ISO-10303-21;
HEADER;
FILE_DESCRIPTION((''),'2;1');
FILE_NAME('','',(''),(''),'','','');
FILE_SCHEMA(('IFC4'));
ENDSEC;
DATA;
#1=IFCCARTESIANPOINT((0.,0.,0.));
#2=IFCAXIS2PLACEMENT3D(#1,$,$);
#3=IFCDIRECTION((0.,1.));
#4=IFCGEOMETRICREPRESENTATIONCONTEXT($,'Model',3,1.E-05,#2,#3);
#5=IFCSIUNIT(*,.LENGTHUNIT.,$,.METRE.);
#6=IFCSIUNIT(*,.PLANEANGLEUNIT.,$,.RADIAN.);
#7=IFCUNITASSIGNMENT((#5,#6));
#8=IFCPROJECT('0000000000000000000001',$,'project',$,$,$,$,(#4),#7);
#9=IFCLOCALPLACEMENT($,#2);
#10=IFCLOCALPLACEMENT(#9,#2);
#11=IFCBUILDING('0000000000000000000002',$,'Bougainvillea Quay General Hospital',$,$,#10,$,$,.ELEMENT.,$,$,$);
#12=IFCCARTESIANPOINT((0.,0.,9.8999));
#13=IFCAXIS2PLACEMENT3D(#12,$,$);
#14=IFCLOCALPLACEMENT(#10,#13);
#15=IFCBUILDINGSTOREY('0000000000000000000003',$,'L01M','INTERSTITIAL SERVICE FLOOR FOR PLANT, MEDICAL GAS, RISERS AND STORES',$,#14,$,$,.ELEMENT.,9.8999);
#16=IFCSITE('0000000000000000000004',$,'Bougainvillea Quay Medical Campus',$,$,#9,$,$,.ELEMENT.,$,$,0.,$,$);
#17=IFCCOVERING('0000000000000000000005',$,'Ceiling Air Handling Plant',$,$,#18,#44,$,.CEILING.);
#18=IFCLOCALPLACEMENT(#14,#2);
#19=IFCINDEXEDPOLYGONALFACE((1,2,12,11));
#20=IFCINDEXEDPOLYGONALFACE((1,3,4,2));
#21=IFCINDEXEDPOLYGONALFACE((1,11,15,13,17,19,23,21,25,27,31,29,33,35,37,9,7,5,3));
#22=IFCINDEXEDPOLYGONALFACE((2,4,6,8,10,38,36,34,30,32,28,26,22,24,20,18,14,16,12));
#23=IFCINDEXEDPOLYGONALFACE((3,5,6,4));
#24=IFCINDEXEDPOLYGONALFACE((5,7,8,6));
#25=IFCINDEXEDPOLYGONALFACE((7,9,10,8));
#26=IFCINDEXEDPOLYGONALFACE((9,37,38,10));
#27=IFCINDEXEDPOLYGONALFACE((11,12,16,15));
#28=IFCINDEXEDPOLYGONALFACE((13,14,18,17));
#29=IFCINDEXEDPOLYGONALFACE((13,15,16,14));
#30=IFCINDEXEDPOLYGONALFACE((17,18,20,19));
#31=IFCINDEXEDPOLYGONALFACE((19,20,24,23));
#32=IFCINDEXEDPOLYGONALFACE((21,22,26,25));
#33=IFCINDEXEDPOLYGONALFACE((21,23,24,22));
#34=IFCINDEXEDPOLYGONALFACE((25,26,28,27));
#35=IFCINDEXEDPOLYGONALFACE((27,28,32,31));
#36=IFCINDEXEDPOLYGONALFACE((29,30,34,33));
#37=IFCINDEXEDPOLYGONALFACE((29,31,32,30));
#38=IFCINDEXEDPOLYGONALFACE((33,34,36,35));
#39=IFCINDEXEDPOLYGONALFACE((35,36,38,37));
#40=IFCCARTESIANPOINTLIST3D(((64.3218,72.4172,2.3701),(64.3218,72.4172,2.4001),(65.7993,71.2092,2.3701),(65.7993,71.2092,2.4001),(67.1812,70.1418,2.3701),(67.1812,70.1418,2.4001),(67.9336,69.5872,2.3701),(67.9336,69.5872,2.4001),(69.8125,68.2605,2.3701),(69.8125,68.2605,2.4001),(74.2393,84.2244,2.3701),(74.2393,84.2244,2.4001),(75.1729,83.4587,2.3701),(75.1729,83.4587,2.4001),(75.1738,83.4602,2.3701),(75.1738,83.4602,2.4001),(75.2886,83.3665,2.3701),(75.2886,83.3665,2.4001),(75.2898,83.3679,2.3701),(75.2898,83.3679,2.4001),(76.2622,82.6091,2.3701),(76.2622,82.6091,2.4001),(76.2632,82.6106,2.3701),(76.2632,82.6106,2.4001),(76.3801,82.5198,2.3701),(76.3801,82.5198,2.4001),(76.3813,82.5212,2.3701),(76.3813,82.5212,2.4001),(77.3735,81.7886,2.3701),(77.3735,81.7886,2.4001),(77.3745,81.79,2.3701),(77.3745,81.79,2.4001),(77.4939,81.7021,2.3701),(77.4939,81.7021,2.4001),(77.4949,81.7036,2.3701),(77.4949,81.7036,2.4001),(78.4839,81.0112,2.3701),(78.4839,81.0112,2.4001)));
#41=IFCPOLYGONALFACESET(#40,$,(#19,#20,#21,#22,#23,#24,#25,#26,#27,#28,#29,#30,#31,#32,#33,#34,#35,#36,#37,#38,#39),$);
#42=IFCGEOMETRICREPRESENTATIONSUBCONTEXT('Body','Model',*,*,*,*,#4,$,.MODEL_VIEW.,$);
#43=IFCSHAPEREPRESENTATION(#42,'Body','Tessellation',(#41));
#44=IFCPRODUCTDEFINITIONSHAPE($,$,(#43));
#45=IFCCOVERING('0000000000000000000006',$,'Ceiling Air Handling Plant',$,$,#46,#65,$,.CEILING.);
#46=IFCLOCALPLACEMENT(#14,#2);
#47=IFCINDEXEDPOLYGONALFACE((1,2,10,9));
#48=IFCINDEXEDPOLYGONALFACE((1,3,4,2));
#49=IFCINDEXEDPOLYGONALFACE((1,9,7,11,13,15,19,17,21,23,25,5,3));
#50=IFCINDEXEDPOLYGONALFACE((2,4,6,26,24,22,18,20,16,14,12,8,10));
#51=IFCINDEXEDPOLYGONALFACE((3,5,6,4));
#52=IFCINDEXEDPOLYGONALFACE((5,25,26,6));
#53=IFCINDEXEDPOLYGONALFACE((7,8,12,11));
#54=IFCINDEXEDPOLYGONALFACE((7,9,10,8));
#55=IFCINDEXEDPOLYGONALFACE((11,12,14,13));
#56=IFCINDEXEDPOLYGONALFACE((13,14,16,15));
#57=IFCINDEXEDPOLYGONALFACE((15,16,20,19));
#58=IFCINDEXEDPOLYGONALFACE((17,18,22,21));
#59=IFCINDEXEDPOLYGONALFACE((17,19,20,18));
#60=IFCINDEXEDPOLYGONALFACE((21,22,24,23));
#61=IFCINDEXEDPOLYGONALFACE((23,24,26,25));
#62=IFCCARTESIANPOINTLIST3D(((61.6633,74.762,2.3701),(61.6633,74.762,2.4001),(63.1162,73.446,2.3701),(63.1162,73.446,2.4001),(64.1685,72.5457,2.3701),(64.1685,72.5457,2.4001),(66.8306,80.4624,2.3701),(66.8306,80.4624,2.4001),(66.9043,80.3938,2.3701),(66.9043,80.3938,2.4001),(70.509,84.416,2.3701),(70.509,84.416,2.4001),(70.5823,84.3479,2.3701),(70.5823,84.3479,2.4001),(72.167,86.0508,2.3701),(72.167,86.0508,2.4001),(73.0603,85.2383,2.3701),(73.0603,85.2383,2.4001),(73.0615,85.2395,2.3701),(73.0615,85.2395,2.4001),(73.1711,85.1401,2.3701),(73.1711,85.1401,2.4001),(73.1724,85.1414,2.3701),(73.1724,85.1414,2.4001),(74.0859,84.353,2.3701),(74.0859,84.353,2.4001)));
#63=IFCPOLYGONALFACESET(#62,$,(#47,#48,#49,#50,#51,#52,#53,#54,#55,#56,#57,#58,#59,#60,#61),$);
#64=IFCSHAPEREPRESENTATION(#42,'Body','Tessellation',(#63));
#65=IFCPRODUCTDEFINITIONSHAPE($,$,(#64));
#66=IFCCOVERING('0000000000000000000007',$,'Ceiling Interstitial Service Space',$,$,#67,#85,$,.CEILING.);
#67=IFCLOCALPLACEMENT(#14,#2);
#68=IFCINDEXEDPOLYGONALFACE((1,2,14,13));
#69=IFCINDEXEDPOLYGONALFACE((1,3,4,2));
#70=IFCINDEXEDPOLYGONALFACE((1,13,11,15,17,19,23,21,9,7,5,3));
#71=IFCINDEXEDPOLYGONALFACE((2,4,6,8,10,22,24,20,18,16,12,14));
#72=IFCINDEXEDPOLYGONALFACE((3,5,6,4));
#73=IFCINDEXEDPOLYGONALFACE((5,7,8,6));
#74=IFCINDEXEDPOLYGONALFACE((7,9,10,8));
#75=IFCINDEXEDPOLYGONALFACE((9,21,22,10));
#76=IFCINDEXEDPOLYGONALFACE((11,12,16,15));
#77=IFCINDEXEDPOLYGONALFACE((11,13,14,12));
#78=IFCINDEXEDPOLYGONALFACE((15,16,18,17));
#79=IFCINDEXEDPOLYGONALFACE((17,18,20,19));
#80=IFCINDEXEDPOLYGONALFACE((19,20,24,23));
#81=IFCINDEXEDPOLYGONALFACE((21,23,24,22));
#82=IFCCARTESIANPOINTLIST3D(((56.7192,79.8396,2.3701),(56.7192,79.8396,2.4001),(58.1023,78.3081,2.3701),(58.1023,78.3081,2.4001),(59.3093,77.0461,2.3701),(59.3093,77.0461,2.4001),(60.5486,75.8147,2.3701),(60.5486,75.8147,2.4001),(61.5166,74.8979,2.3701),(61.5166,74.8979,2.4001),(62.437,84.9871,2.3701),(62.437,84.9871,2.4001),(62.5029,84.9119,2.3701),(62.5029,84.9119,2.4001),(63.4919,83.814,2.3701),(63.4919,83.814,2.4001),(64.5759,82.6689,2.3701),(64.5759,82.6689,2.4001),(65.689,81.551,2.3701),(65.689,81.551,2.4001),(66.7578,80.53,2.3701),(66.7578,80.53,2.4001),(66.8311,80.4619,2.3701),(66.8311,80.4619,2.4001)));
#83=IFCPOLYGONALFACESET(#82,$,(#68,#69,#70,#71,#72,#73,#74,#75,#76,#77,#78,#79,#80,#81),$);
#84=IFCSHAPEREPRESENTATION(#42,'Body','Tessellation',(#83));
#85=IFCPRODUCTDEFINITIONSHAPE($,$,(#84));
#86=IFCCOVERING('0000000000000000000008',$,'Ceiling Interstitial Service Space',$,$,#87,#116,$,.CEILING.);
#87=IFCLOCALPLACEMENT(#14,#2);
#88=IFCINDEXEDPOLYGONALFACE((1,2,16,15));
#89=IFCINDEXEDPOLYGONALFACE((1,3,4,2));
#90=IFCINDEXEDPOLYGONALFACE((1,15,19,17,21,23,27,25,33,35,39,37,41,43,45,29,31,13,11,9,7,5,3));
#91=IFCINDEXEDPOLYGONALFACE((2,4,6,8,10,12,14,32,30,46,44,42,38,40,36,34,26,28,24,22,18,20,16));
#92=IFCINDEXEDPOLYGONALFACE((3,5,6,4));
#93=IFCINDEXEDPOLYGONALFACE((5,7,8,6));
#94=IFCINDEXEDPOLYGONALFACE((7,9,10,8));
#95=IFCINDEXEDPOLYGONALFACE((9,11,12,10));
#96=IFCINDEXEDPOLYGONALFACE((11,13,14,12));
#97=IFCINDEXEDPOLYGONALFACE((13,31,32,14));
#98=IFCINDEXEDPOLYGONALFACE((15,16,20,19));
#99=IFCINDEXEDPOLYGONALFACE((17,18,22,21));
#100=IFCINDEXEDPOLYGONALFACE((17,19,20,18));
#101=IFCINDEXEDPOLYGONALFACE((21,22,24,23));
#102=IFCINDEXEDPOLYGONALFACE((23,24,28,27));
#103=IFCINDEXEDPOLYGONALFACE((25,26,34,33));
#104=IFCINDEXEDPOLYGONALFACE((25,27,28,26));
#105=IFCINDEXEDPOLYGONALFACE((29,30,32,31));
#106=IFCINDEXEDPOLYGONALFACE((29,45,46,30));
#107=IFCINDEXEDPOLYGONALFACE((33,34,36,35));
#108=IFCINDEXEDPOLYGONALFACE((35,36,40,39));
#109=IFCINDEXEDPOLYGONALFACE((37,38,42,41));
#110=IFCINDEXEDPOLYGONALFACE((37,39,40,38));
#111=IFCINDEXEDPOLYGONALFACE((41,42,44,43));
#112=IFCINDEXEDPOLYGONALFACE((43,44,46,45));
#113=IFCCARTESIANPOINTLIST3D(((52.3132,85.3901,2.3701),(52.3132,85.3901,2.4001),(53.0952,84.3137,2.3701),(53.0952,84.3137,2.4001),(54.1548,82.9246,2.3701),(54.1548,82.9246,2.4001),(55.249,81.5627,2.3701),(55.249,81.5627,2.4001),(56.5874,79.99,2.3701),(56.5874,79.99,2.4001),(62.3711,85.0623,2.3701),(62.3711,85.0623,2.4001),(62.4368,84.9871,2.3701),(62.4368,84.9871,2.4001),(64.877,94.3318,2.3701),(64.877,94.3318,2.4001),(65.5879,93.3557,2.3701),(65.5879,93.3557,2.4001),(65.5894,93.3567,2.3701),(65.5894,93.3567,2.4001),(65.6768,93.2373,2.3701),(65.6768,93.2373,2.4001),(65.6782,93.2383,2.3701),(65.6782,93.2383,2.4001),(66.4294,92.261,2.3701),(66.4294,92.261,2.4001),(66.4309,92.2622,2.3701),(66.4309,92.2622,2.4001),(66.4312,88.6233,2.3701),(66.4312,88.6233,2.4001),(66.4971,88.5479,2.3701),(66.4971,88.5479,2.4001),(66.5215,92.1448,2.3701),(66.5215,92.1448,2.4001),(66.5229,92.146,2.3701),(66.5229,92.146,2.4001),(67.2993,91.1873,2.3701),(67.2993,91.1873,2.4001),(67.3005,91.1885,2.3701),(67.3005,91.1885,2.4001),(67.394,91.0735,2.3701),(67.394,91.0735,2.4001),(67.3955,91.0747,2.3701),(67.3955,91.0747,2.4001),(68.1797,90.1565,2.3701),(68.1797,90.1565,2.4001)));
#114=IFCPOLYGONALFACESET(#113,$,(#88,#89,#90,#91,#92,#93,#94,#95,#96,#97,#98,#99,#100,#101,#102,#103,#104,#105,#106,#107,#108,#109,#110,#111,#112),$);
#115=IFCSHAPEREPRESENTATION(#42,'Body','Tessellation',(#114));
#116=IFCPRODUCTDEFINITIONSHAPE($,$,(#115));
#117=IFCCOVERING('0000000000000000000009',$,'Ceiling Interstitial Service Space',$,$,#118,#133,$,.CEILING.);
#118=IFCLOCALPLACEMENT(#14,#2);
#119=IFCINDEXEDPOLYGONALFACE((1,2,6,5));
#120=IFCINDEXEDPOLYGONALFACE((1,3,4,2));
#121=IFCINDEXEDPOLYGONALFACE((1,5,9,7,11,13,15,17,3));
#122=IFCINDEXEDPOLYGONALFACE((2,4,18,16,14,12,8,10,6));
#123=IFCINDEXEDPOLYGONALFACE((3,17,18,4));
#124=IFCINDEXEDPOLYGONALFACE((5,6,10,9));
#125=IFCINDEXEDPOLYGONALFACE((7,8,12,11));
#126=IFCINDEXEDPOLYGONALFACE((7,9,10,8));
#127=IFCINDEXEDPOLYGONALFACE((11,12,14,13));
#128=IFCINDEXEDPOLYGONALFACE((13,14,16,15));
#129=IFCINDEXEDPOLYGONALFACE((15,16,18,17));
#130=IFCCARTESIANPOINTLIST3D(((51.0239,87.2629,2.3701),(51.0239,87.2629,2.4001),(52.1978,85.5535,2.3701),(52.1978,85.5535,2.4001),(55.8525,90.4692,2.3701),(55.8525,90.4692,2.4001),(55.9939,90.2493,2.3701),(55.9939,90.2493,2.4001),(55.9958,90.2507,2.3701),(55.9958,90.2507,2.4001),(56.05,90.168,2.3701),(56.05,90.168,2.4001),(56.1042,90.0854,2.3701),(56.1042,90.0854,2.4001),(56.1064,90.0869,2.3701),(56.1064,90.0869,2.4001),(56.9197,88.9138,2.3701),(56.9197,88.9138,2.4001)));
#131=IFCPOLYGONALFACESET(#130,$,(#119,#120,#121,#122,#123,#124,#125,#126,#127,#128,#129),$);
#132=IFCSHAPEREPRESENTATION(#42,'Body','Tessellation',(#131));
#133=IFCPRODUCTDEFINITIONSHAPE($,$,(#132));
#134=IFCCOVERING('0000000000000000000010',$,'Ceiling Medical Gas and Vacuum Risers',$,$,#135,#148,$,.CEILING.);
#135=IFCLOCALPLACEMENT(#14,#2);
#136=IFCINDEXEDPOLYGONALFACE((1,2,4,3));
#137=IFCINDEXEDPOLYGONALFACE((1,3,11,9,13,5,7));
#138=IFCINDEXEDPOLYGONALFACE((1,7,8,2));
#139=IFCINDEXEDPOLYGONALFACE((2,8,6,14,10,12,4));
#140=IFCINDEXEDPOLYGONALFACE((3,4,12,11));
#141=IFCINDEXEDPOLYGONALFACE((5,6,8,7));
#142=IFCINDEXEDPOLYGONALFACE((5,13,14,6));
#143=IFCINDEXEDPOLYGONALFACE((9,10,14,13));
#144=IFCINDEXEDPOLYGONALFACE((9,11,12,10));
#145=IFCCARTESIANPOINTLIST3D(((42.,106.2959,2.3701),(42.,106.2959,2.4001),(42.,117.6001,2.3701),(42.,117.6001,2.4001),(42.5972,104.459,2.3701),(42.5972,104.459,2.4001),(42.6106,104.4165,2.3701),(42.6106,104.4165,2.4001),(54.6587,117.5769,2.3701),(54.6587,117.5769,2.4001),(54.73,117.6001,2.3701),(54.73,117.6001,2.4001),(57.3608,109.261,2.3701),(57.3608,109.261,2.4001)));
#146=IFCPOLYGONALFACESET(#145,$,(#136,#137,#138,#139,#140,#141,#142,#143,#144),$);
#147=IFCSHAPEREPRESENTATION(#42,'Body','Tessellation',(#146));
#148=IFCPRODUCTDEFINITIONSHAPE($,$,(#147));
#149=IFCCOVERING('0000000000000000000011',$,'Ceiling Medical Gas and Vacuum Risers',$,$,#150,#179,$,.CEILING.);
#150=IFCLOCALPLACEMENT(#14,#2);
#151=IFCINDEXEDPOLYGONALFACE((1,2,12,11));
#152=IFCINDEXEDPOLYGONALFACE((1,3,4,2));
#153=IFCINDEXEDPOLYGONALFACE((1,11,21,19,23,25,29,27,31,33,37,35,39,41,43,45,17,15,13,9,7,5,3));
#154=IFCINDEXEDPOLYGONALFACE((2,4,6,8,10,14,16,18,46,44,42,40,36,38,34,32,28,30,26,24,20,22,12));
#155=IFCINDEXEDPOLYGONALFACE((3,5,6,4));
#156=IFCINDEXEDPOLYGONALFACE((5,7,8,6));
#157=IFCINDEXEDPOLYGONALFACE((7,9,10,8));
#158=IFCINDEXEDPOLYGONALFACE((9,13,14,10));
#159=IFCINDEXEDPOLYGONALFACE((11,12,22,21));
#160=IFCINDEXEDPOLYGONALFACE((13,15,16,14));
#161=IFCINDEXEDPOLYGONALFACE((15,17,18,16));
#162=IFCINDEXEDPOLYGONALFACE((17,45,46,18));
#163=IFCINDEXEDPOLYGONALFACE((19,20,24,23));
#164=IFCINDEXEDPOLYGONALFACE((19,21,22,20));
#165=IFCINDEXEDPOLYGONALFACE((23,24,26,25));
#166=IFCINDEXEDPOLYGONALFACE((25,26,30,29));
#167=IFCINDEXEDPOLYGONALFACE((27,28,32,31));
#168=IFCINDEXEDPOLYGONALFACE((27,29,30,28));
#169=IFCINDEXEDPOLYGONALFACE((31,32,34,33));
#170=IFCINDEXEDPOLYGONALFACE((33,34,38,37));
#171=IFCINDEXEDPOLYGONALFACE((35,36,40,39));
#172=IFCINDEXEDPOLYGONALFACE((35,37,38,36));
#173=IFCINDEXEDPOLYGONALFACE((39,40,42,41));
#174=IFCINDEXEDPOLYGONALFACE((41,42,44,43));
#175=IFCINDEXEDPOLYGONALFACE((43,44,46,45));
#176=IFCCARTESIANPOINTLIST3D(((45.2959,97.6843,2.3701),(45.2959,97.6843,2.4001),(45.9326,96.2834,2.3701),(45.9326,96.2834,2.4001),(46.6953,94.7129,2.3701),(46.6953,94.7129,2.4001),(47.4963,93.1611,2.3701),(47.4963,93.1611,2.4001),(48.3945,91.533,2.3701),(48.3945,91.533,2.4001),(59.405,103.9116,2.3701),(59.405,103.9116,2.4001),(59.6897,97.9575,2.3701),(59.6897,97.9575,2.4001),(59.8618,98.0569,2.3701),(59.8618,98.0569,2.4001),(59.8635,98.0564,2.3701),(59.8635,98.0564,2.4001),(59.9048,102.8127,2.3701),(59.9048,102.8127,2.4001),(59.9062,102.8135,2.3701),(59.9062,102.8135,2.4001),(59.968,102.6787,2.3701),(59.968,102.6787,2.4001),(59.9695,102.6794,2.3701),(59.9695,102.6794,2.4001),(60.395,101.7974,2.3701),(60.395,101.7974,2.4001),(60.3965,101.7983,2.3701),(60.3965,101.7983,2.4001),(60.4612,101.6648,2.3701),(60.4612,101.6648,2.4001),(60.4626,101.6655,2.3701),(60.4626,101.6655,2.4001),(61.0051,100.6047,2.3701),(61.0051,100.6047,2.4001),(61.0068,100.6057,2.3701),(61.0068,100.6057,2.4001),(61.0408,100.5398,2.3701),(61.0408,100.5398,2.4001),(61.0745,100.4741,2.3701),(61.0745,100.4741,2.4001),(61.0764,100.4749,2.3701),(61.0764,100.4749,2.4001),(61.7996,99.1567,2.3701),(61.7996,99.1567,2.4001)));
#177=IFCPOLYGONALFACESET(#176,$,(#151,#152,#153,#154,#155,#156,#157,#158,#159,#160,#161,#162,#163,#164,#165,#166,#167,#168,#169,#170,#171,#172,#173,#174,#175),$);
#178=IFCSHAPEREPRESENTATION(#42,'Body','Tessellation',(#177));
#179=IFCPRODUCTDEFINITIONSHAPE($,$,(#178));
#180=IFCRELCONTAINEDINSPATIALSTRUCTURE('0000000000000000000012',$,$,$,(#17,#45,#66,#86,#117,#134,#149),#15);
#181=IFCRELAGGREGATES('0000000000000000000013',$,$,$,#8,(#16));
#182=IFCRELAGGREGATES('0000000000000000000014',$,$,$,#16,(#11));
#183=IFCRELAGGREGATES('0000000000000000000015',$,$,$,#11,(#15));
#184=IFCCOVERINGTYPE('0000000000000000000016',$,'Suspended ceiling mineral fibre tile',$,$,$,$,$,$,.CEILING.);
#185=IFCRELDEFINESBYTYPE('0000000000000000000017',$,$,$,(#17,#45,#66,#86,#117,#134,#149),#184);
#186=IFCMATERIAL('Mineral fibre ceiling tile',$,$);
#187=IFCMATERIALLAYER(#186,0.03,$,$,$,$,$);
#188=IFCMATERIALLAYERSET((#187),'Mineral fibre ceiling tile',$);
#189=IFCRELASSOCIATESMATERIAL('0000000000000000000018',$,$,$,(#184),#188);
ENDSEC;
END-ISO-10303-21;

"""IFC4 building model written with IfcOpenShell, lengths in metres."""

from ifc_helpers import new_model, si_unit, direction, frame, origin, place, context, subcontext, project, spatial, polyline, outline, extrude, material, layer, layer_set, type_object, element, save


model = new_model("IFC4")

# Units and contexts
model_context = context("Model", 3, precision=1e-05, world=origin(), true_north=direction((0.0, 1.0)))
body_context = subcontext(model_context, "Body", "Model", "MODEL_VIEW")
ifc_project = project(units=[si_unit("LENGTHUNIT", "METRE"), si_unit("PLANEANGLEUNIT", "RADIAN")], contexts=[model_context])

# Site, building, storey
site_placement = place(None, origin())
site = spatial("IfcSite", under=ifc_project, at=site_placement, Name="Bougainvillea Quay Medical Campus", CompositionType="ELEMENT", RefElevation=0.0)
building_placement = place(site_placement, origin())
building = spatial("IfcBuilding", under=site, at=building_placement, Name="Bougainvillea Quay General Hospital", CompositionType="ELEMENT")
storey_placement = place(building_placement, frame((0.0, 0.0, 9.8999)))
storey = spatial("IfcBuildingStorey", under=building, at=storey_placement, Name="L01M", Description="INTERSTITIAL SERVICE FLOOR FOR PLANT, MEDICAL GAS, RISERS AND STORES", CompositionType="ELEMENT", Elevation=9.8999)

# Coverings
ifc_material = material(Name="Mineral fibre ceiling tile")
ifc_layer = layer(ifc_material, 0.03)
ifc_layer_set = layer_set([ifc_layer], Name="Mineral fibre ceiling tile")
covering_type = type_object("IfcCoveringType", Name="Suspended ceiling mineral fibre tile", PredefinedType="CEILING", material=ifc_layer_set)
covering_1_placement = place(storey_placement, frame((0.0, 0.0, 2.3701)))
element("IfcCovering", 1, at=covering_1_placement, inside=storey, type_object=covering_type, Name="Ceiling Air Handling Plant", PredefinedType="CEILING", context=body_context, shape_type="SweptSolid", body=[
    extrude(outline(polyline([(77.3735, 81.7886), (77.3745, 81.79), (76.3813, 82.5212), (76.3801, 82.5198), (76.2622, 82.6091), (76.2632, 82.6106), (75.2898, 83.3679), (75.2886, 83.3665), (75.1729, 83.4587), (75.1738, 83.4602), (74.2393, 84.2244), (64.3218, 72.4172), (65.7993, 71.2092), (67.1812, 70.1418), (67.9336, 69.5872), (69.8125, 68.2605), (78.4839, 81.0112), (77.4949, 81.7036), (77.4939, 81.7021), (77.3735, 81.7886)])), origin(), (0.0, 0.0, 1.0), 0.03),
])
covering_2_placement = place(storey_placement, frame((0.0, 0.0, 2.3701)))
element("IfcCovering", 2, at=covering_2_placement, inside=storey, type_object=covering_type, Name="Ceiling Air Handling Plant", PredefinedType="CEILING", context=body_context, shape_type="SweptSolid", body=[
    extrude(outline(polyline([(66.8306, 80.4624), (66.9043, 80.3938), (61.6633, 74.762), (63.1162, 73.446), (64.1685, 72.5457), (74.0859, 84.353), (73.1724, 85.1414), (73.1711, 85.1401), (73.0603, 85.2383), (73.0615, 85.2395), (72.167, 86.0508), (70.5823, 84.3479), (70.509, 84.416), (66.8306, 80.4624)])), origin(), (0.0, 0.0, 1.0), 0.03),
])
covering_3_placement = place(storey_placement, frame((0.0, 0.0, 2.3701)))
element("IfcCovering", 3, at=covering_3_placement, inside=storey, type_object=covering_type, Name="Ceiling Interstitial Service Space", PredefinedType="CEILING", context=body_context, shape_type="SweptSolid", body=[
    extrude(outline(polyline([(62.437, 84.9871), (62.5029, 84.9119), (56.7192, 79.8396), (58.1023, 78.3081), (59.3093, 77.0461), (60.5486, 75.8147), (61.5166, 74.8979), (66.7578, 80.53), (66.8311, 80.4619), (65.689, 81.551), (64.5759, 82.6689), (63.4919, 83.814), (62.437, 84.9871)])), origin(), (0.0, 0.0, 1.0), 0.03),
])
covering_4_placement = place(storey_placement, frame((0.0, 0.0, 2.3701)))
element("IfcCovering", 4, at=covering_4_placement, inside=storey, type_object=covering_type, Name="Ceiling Interstitial Service Space", PredefinedType="CEILING", context=body_context, shape_type="SweptSolid", body=[
    extrude(outline(polyline([(66.4971, 88.5479), (66.4312, 88.6233), (68.1797, 90.1565), (67.3955, 91.0747), (67.394, 91.0735), (67.2993, 91.1873), (67.3005, 91.1885), (66.5229, 92.146), (66.5215, 92.1448), (66.4294, 92.261), (66.4309, 92.2622), (65.6782, 93.2383), (65.6768, 93.2373), (65.5879, 93.3557), (65.5894, 93.3567), (64.877, 94.3318), (52.3132, 85.3901), (53.0952, 84.3137), (54.1548, 82.9246), (55.249, 81.5627), (56.5874, 79.99), (62.3711, 85.0623), (62.4368, 84.9871), (66.4971, 88.5479)])), origin(), (0.0, 0.0, 1.0), 0.03),
])
covering_5_placement = place(storey_placement, frame((0.0, 0.0, 2.3701)))
element("IfcCovering", 5, at=covering_5_placement, inside=storey, type_object=covering_type, Name="Ceiling Interstitial Service Space", PredefinedType="CEILING", context=body_context, shape_type="SweptSolid", body=[
    extrude(outline(polyline([(56.05, 90.168), (55.9939, 90.2493), (55.9958, 90.2507), (55.8525, 90.4692), (51.0239, 87.2629), (52.1978, 85.5535), (56.9197, 88.9138), (56.1064, 90.0869), (56.1042, 90.0854), (56.05, 90.168)])), origin(), (0.0, 0.0, 1.0), 0.03),
])
covering_6_placement = place(storey_placement, frame((0.0, 0.0, 2.3701)))
element("IfcCovering", 6, at=covering_6_placement, inside=storey, type_object=covering_type, Name="Ceiling Medical Gas and Vacuum Risers", PredefinedType="CEILING", context=body_context, shape_type="SweptSolid", body=[
    extrude(outline(polyline([(42.6106, 104.4165), (42.5972, 104.459), (57.3608, 109.261), (54.6587, 117.5769), (54.73, 117.6001), (42.0, 117.6001), (42.0, 106.2959), (42.6106, 104.4165)])), origin(), (0.0, 0.0, 1.0), 0.03),
])
covering_7_placement = place(storey_placement, frame((0.0, 0.0, 2.3701)))
element("IfcCovering", 7, at=covering_7_placement, inside=storey, type_object=covering_type, Name="Ceiling Medical Gas and Vacuum Risers", PredefinedType="CEILING", context=body_context, shape_type="SweptSolid", body=[
    extrude(outline(polyline([(59.8618, 98.0569), (59.8635, 98.0564), (61.7996, 99.1567), (61.0764, 100.4749), (61.0745, 100.4741), (61.0408, 100.5398), (61.0051, 100.6047), (61.0068, 100.6057), (60.4626, 101.6655), (60.4612, 101.6648), (60.395, 101.7974), (60.3965, 101.7983), (59.9695, 102.6794), (59.968, 102.6787), (59.9048, 102.8127), (59.9062, 102.8135), (59.405, 103.9116), (45.2959, 97.6843), (45.9326, 96.2834), (46.6953, 94.7129), (47.4963, 93.1611), (48.3945, 91.533), (59.6897, 97.9575), (59.8618, 98.0569)])), origin(), (0.0, 0.0, 1.0), 0.03),
])

save(model, "model.ifc")
